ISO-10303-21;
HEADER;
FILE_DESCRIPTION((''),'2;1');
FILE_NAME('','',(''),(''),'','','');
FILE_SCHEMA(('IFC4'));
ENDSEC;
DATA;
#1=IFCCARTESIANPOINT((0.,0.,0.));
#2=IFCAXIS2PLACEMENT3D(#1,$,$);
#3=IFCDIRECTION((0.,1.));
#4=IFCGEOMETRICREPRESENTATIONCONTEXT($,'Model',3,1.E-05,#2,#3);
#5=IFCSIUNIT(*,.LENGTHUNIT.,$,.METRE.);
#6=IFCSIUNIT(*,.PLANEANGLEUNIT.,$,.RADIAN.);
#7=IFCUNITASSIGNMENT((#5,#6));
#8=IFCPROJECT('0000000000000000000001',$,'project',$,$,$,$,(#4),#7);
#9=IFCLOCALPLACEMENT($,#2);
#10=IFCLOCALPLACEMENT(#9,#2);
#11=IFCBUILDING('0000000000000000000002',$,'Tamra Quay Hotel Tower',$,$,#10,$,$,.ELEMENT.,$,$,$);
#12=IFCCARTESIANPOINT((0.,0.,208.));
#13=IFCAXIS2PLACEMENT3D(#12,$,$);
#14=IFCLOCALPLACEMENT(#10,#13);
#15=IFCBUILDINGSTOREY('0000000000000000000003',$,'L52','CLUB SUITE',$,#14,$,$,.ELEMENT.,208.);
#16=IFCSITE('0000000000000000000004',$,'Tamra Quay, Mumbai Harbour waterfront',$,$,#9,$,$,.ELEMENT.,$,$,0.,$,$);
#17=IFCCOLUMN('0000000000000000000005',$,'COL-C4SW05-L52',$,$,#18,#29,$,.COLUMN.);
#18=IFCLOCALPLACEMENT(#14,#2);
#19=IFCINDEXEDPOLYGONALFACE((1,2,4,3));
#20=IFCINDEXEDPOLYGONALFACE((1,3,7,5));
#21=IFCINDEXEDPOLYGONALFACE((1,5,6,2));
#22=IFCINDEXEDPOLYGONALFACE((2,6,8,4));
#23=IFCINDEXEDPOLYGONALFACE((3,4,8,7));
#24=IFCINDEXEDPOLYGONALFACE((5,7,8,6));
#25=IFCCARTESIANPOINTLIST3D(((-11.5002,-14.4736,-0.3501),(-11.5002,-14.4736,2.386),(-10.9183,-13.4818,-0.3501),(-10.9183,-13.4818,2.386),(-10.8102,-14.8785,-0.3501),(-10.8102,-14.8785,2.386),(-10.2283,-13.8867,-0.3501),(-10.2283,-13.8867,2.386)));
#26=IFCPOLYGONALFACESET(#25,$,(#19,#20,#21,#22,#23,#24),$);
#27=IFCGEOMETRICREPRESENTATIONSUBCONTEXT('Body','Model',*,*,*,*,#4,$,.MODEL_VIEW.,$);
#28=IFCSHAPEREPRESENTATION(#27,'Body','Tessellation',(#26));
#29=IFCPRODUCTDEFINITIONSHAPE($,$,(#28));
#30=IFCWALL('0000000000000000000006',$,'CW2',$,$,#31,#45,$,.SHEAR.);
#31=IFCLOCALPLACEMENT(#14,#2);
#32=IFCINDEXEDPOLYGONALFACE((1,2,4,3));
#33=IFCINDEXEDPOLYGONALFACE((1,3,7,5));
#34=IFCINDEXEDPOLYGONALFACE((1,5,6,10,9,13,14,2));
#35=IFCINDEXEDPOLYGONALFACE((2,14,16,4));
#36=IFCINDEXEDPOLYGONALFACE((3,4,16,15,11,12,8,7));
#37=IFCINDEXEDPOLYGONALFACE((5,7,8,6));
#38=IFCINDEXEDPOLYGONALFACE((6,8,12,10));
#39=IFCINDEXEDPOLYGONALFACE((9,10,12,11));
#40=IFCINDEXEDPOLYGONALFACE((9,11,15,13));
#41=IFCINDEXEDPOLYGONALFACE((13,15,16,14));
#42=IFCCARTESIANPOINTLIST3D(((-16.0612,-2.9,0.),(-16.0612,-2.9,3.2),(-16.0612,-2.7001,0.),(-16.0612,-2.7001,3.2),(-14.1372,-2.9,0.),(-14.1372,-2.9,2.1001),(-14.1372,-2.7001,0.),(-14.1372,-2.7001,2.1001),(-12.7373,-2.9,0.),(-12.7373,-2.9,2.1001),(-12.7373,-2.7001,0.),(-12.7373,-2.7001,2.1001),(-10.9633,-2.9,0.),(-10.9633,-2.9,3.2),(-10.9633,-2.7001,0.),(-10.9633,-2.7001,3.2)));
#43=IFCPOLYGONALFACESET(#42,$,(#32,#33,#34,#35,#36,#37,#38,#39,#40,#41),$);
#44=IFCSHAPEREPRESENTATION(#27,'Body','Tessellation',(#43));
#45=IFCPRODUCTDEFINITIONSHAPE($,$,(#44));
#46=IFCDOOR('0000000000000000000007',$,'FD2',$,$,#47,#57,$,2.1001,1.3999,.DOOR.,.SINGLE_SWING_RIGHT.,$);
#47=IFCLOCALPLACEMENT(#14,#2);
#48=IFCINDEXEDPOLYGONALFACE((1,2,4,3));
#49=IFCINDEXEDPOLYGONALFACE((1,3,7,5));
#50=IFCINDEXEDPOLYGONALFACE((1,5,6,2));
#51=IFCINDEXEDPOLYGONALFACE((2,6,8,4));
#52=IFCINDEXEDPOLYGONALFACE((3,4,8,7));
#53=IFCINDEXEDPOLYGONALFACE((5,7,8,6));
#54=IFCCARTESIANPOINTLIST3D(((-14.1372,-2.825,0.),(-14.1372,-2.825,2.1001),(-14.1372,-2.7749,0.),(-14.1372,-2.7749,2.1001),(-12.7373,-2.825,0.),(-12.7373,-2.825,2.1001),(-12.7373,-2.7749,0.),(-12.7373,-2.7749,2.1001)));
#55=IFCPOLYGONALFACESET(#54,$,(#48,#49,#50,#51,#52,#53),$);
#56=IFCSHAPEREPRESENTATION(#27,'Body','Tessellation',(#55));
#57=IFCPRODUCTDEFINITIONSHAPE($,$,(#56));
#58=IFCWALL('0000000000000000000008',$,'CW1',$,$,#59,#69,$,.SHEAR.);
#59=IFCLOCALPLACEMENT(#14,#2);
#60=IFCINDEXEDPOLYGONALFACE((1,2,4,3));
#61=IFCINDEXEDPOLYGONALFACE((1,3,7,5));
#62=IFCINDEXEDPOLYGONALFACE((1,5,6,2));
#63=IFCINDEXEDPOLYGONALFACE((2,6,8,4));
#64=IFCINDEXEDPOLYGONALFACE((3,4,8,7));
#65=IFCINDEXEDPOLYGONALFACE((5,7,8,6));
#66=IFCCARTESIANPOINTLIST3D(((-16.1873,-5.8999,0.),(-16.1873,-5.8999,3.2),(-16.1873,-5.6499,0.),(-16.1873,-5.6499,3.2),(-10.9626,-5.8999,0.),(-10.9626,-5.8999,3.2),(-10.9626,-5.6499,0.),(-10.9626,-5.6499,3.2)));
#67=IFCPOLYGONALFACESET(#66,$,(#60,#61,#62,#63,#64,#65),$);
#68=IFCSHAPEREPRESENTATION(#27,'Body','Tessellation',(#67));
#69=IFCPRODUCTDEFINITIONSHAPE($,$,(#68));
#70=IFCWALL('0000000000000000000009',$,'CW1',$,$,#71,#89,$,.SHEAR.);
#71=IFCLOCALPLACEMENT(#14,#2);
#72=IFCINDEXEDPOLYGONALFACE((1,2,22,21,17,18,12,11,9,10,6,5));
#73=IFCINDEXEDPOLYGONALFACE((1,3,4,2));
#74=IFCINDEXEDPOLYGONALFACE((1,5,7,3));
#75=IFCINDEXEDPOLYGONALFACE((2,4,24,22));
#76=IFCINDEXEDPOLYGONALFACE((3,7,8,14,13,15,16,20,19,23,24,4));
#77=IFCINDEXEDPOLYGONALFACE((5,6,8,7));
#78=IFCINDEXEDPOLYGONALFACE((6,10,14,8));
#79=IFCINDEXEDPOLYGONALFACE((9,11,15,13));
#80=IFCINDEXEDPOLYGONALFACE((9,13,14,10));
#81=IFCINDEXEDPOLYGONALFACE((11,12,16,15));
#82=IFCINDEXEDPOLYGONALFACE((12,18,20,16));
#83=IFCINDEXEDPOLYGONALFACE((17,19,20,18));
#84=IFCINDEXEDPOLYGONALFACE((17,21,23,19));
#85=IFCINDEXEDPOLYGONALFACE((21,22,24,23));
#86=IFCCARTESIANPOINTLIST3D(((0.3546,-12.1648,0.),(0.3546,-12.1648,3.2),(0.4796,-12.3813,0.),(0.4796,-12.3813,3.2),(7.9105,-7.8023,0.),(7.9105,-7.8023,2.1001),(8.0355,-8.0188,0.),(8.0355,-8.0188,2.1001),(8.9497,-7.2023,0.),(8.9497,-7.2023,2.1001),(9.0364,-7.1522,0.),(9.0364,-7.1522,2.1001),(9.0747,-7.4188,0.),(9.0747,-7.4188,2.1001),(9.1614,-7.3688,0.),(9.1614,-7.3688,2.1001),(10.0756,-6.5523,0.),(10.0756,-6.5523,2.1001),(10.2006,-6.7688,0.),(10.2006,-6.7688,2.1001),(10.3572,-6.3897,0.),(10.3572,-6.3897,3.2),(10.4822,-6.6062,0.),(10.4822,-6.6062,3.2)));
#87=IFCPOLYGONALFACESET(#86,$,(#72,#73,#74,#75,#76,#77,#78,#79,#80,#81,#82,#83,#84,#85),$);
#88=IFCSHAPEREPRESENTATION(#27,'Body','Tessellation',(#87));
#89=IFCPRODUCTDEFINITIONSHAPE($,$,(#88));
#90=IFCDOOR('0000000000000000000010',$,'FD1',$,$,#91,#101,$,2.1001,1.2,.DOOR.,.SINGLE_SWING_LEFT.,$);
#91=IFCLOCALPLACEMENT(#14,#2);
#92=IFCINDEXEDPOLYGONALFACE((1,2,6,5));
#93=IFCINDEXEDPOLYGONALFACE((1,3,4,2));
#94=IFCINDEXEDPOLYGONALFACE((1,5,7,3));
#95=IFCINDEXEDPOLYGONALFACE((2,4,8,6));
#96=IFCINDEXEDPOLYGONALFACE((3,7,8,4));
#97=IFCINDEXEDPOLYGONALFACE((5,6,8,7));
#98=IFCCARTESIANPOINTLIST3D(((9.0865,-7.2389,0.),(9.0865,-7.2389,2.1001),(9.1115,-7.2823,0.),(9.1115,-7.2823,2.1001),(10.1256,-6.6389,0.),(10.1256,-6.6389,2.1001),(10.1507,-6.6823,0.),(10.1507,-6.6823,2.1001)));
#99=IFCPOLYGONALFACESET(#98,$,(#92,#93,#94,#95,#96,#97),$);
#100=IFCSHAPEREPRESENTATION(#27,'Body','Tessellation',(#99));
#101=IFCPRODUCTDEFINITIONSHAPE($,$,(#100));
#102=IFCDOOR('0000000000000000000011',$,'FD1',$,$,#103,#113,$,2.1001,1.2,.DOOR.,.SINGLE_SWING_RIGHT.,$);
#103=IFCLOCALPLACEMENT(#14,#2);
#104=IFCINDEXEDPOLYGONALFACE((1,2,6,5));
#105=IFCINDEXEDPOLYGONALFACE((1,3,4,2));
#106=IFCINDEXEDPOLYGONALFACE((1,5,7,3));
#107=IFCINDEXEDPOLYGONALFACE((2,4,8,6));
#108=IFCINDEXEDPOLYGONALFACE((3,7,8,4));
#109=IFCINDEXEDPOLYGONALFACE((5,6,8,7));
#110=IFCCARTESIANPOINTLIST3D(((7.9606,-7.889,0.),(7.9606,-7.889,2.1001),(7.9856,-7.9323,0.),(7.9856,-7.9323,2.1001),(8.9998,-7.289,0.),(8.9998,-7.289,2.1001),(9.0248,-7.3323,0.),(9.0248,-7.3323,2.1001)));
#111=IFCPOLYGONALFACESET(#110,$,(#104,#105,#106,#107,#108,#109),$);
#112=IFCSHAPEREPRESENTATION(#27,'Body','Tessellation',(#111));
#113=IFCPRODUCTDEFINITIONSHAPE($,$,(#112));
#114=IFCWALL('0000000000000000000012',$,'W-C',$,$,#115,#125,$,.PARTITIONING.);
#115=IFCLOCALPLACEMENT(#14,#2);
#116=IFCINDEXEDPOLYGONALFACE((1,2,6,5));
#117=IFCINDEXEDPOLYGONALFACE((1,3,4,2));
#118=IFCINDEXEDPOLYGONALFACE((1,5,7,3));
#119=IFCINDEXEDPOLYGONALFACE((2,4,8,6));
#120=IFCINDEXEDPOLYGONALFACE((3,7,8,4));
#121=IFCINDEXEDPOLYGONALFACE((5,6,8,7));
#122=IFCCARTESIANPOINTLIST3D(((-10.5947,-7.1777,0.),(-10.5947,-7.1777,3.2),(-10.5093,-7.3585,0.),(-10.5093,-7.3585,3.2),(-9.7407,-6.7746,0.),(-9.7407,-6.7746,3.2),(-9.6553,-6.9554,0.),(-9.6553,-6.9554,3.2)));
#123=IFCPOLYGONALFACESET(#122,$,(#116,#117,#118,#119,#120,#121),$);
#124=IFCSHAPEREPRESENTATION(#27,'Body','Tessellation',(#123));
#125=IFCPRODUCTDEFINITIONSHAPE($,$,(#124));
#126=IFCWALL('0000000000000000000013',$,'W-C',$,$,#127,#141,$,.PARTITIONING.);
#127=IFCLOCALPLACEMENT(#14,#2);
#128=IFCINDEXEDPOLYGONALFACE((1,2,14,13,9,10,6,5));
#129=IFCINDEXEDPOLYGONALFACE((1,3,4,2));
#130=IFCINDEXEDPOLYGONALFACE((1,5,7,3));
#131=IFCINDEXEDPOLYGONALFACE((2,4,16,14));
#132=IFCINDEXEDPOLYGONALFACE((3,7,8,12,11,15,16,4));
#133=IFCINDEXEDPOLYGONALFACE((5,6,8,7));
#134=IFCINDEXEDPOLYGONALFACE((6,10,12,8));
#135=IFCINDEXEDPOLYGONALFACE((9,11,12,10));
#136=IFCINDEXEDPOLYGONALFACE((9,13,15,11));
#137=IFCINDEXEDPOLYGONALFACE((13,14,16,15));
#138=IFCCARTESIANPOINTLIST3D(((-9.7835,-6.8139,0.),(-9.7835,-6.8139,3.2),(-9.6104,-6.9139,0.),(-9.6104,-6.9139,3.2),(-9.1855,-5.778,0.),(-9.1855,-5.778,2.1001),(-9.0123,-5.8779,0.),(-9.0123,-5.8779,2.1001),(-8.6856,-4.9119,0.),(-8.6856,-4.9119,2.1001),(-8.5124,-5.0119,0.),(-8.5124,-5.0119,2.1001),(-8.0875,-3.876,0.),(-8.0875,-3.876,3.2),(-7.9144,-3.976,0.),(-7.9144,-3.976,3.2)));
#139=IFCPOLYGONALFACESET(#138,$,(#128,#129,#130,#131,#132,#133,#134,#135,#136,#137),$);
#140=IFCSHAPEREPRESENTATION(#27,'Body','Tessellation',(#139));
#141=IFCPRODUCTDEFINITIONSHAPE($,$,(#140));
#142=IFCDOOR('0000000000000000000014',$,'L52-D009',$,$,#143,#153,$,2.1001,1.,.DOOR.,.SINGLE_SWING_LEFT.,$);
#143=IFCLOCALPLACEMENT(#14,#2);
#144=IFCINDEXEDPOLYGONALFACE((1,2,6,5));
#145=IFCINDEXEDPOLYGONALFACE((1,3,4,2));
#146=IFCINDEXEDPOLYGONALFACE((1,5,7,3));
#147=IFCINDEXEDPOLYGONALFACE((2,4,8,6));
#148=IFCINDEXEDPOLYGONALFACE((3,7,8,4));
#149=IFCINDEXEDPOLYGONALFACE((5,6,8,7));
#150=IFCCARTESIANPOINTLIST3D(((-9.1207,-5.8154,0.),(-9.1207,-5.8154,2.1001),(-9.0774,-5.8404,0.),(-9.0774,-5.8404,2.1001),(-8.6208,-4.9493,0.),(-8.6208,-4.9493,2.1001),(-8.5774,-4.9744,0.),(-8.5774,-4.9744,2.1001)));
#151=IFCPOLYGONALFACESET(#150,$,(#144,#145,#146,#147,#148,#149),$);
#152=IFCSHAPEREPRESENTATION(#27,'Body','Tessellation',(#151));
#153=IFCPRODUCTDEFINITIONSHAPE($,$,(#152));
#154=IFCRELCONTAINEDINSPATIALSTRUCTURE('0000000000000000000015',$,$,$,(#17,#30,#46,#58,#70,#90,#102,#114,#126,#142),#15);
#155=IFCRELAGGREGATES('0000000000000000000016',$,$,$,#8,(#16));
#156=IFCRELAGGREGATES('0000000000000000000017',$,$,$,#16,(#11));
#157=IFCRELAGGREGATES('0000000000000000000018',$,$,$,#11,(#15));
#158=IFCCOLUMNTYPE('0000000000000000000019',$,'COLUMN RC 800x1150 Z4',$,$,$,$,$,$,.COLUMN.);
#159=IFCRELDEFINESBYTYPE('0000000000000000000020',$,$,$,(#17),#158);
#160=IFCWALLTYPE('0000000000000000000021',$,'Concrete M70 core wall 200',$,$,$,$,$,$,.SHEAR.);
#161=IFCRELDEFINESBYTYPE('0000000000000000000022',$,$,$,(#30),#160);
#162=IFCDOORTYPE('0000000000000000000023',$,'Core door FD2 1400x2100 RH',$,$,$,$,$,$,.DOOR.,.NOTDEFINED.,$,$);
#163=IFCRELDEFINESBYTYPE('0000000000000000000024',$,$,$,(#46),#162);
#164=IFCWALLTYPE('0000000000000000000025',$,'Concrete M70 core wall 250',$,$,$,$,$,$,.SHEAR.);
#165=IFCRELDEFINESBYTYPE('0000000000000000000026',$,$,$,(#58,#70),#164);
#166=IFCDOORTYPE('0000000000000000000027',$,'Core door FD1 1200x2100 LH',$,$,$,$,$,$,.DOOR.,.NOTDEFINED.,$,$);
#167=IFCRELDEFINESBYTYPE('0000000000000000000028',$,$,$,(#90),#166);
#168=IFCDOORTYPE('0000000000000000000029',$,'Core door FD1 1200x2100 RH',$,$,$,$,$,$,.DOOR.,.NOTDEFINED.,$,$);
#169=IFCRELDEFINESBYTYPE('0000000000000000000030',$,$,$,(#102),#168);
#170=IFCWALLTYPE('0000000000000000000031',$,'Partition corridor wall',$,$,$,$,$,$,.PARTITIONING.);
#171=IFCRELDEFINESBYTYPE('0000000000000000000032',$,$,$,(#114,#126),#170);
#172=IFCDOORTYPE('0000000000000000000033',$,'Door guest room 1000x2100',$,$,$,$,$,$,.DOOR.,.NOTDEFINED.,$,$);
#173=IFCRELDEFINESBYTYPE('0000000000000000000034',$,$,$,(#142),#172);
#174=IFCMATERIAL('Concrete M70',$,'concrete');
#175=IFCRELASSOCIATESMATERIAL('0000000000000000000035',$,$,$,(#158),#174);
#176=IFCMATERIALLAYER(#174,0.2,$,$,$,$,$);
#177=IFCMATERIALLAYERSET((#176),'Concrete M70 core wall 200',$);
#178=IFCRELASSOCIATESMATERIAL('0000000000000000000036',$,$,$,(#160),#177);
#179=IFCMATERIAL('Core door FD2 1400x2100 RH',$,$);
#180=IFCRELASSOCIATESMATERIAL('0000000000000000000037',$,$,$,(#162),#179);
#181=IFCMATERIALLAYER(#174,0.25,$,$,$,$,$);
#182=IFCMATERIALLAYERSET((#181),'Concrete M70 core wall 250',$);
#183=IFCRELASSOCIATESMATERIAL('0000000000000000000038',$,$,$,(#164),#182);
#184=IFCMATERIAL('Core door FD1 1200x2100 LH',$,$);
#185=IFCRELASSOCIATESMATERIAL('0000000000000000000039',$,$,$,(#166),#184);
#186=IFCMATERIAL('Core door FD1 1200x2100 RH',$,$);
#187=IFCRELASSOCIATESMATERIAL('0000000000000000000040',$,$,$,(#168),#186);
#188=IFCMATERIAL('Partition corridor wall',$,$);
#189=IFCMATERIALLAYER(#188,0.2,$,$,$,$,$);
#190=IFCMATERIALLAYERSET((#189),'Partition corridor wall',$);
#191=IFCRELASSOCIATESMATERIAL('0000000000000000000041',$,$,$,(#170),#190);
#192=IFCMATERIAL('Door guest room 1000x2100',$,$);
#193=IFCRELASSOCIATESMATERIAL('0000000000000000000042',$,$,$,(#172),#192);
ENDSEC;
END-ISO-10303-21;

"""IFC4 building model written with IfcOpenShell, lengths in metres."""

from ifc_helpers import new_model, si_unit, direction, frame, frame_2d, origin, origin_2d, place, context, subcontext, project, spatial, rectangle, extrude, material, layer, layer_set, material_profile, profile_set, type_object, element, fill, save


model = new_model("IFC4")

# Units and contexts
model_context = context("Model", 3, precision=1e-05, world=origin(), true_north=direction((0.0, 1.0)))
body_context = subcontext(model_context, "Body", "Model", "MODEL_VIEW")
ifc_project = project(units=[si_unit("LENGTHUNIT", "METRE"), si_unit("PLANEANGLEUNIT", "RADIAN")], contexts=[model_context])

# Site, building, storey
site_placement = place(None, origin())
site = spatial("IfcSite", under=ifc_project, at=site_placement, Name="Tamra Quay, Mumbai Harbour waterfront", CompositionType="ELEMENT", RefElevation=0.0)
building_placement = place(site_placement, origin())
building = spatial("IfcBuilding", under=site, at=building_placement, Name="Tamra Quay Hotel Tower", CompositionType="ELEMENT")
storey_placement = place(building_placement, frame((0.0, 0.0, 208.0)))
storey = spatial("IfcBuildingStorey", under=building, at=storey_placement, Name="L52", Description="CLUB SUITE", CompositionType="ELEMENT", Elevation=208.0)

# Column
ifc_material_1 = material(Name="Concrete M70", Category="concrete")
ifc_material_profile = material_profile(ifc_material_1, rectangle(XDim=1.1499, YDim=0.8, at=origin_2d()), Name="COLUMN RC 800x1150 Z4")
ifc_profile_set = profile_set([ifc_material_profile], Name="Concrete M70")
column_type = type_object("IfcColumnType", Name="COLUMN RC 800x1150 Z4", PredefinedType="COLUMN", material=ifc_profile_set)
column_placement = place(storey_placement, frame((-10.8643, -14.1802, -0.3501), z_axis=(0.0, 0.0, 1.0), x_axis=(0.506085, 0.862484, 0.0)))
element("IfcColumn", 1, at=column_placement, inside=storey, type_object=column_type, Name="COL-C4SW05-L52", PredefinedType="COLUMN", context=body_context, shape_type="SweptSolid", body=[
    extrude(rectangle(XDim=1.1499, YDim=0.8, at=origin_2d()), origin(), (0.0, 0.0, 1.0), 2.7361),
])

# Wall, opening, door
ifc_layer_1 = layer(ifc_material_1, 0.2)
ifc_layer_set_1 = layer_set([ifc_layer_1], Name="Concrete M70 core wall 200")
wall_type_1 = type_object("IfcWallType", Name="Concrete M70 core wall 200", PredefinedType="SHEAR", material=ifc_layer_set_1)
wall_1_placement = place(storey_placement, frame((-10.9634, -2.8, 0.0), z_axis=(0.0, 0.0, 1.0), x_axis=(-1.0, 0.0, 0.0)))
wall_1 = element("IfcWall", 2, at=wall_1_placement, inside=storey, type_object=wall_type_1, Name="CW2", PredefinedType="SHEAR", context=body_context, shape_type="SweptSolid", body=[
    extrude(rectangle(XDim=5.0979, YDim=0.2, at=frame_2d((2.5488, 0.0))), origin(), (0.0, 0.0, 1.0), 3.2),
])
opening_1_placement = place(wall_1_placement, frame((1.7739, 0.0, 0.0)))
opening_1 = element("IfcOpeningElement", 3, at=opening_1_placement, cuts=wall_1, PredefinedType="OPENING", context=body_context, shape_type="SweptSolid", body=[
    extrude(rectangle(XDim=1.3999, YDim=2.1001, at=frame_2d((0.7, 1.05))), frame((0.0, 0.1099, 0.0), z_axis=(0.0, -1.0, 0.0), x_axis=(1.0, 0.0, 0.0)), (0.0, 0.0, 1.0), 0.22),
])
ifc_material_2 = material(Name="Core door FD2 1400x2100 RH")
door_type_1 = type_object("IfcDoorType", Name="Core door FD2 1400x2100 RH", OperationType="NOTDEFINED", PredefinedType="DOOR", material=ifc_material_2)
door_1_placement = place(opening_1_placement, origin())
door_1 = element("IfcDoor", 4, at=door_1_placement, inside=storey, type_object=door_type_1, Name="FD2", OperationType="SINGLE_SWING_RIGHT", OverallHeight=2.1001, OverallWidth=1.3999, PredefinedType="DOOR", context=body_context, shape_type="SweptSolid", body=[
    extrude(rectangle(XDim=1.3999, YDim=2.1001, at=frame_2d((0.7, 1.05))), frame((0.0, 0.0249, 0.0), z_axis=(0.0, -1.0, 0.0), x_axis=(1.0, 0.0, 0.0)), (0.0, 0.0, 1.0), 0.05),
])
fill(opening_1, door_1)

# Wall
ifc_layer_2 = layer(ifc_material_1, 0.25)
ifc_layer_set_2 = layer_set([ifc_layer_2], Name="Concrete M70 core wall 250")
wall_type_2 = type_object("IfcWallType", Name="Concrete M70 core wall 250", PredefinedType="SHEAR", material=ifc_layer_set_2)
wall_2_placement = place(storey_placement, frame((-10.9626, -5.7749, 0.0), z_axis=(0.0, 0.0, 1.0), x_axis=(-1.0, 0.0, 0.0)))
element("IfcWall", 5, at=wall_2_placement, inside=storey, type_object=wall_type_2, Name="CW1", PredefinedType="SHEAR", context=body_context, shape_type="SweptSolid", body=[
    extrude(rectangle(XDim=5.2246, YDim=0.25, at=frame_2d((2.6123, 0.0))), origin(), (0.0, 0.0, 1.0), 3.2),
])

# Wall, openings, doors
wall_3_placement = place(storey_placement, frame((0.4172, -12.2729, 0.0), z_axis=(0.0, 0.0, 1.0), x_axis=(0.866022, 0.500006, 0.0)))
wall_3 = element("IfcWall", 6, at=wall_3_placement, inside=storey, type_object=wall_type_2, Name="CW1", PredefinedType="SHEAR", context=body_context, shape_type="SweptSolid", body=[
    extrude(rectangle(XDim=11.55, YDim=0.25, at=frame_2d((5.7749, 0.0))), origin(), (0.0, 0.0, 1.0), 3.2),
])
opening_2_placement = place(wall_3_placement, frame((10.0247, 0.0, 0.0)))
opening_2 = element("IfcOpeningElement", 7, at=opening_2_placement, cuts=wall_3, PredefinedType="OPENING", context=body_context, shape_type="SweptSolid", body=[
    extrude(rectangle(XDim=1.2, YDim=2.1001, at=frame_2d((0.6001, 1.05))), frame((0.0, 0.135, 0.0), z_axis=(0.0, -1.0, 0.0), x_axis=(1.0, 0.0, 0.0)), (0.0, 0.0, 1.0), 0.27),
])
opening_3_placement = place(wall_3_placement, frame((8.7246, 0.0, 0.0)))
opening_3 = element("IfcOpeningElement", 8, at=opening_3_placement, cuts=wall_3, PredefinedType="OPENING", context=body_context, shape_type="SweptSolid", body=[
    extrude(rectangle(XDim=1.2, YDim=2.1001, at=frame_2d((0.6001, 1.05))), frame((0.0, 0.135, 0.0), z_axis=(0.0, -1.0, 0.0), x_axis=(1.0, 0.0, 0.0)), (0.0, 0.0, 1.0), 0.27),
])
ifc_material_3 = material(Name="Core door FD1 1200x2100 LH")
door_type_2 = type_object("IfcDoorType", Name="Core door FD1 1200x2100 LH", OperationType="NOTDEFINED", PredefinedType="DOOR", material=ifc_material_3)
door_2_placement = place(opening_2_placement, origin())
door_2 = element("IfcDoor", 9, at=door_2_placement, inside=storey, type_object=door_type_2, Name="FD1", OperationType="SINGLE_SWING_LEFT", OverallHeight=2.1001, OverallWidth=1.2, PredefinedType="DOOR", context=body_context, shape_type="SweptSolid", body=[
    extrude(rectangle(XDim=1.2, YDim=2.1001, at=frame_2d((0.6001, 1.05))), frame((0.0, 0.0249, 0.0), z_axis=(0.0, -1.0, 0.0), x_axis=(1.0, 0.0, 0.0)), (0.0, 0.0, 1.0), 0.05),
])
fill(opening_2, door_2)
ifc_material_4 = material(Name="Core door FD1 1200x2100 RH")
door_type_3 = type_object("IfcDoorType", Name="Core door FD1 1200x2100 RH", OperationType="NOTDEFINED", PredefinedType="DOOR", material=ifc_material_4)
door_3_placement = place(opening_3_placement, origin())
door_3 = element("IfcDoor", 10, at=door_3_placement, inside=storey, type_object=door_type_3, Name="FD1", OperationType="SINGLE_SWING_RIGHT", OverallHeight=2.1001, OverallWidth=1.2, PredefinedType="DOOR", context=body_context, shape_type="SweptSolid", body=[
    extrude(rectangle(XDim=1.2, YDim=2.1001, at=frame_2d((0.6001, 1.05))), frame((0.0, 0.0249, 0.0), z_axis=(0.0, -1.0, 0.0), x_axis=(1.0, 0.0, 0.0)), (0.0, 0.0, 1.0), 0.05),
])
fill(opening_3, door_3)

# Wall
ifc_material_5 = material(Name="Partition corridor wall")
ifc_layer_3 = layer(ifc_material_5, 0.2)
ifc_layer_set_3 = layer_set([ifc_layer_3], Name="Partition corridor wall")
wall_type_3 = type_object("IfcWallType", Name="Partition corridor wall", PredefinedType="PARTITIONING", material=ifc_layer_set_3)
wall_4_placement = place(storey_placement, frame((-10.552, -7.2681, 0.0), z_axis=(0.0, 0.0, 1.0), x_axis=(0.904332, 0.42683, 0.0)))
element("IfcWall", 11, at=wall_4_placement, inside=storey, type_object=wall_type_3, Name="W-C", PredefinedType="PARTITIONING", context=body_context, shape_type="SweptSolid", body=[
    extrude(rectangle(XDim=0.9443, YDim=0.2, at=frame_2d((0.4722, 0.0))), origin(), (0.0, 0.0, 1.0), 3.2),
])

# Wall, opening, door
wall_5_placement = place(storey_placement, frame((-9.697, -6.864, 0.0), z_axis=(0.0, 0.0, 1.0), x_axis=(0.499955, 0.866051, 0.0)))
wall_5 = element("IfcWall", 12, at=wall_5_placement, inside=storey, type_object=wall_type_3, Name="W-C", PredefinedType="PARTITIONING", context=body_context, shape_type="SweptSolid", body=[
    extrude(rectangle(XDim=3.3923, YDim=0.2, at=frame_2d((1.6963, 0.0))), origin(), (0.0, 0.0, 1.0), 3.2),
])
opening_4_placement = place(wall_5_placement, frame((1.1963, 0.0, 0.0)))
opening_4 = element("IfcOpeningElement", 13, at=opening_4_placement, cuts=wall_5, PredefinedType="OPENING", context=body_context, shape_type="SweptSolid", body=[
    extrude(rectangle(XDim=1.0, YDim=2.1001, at=frame_2d((0.5, 1.05))), frame((0.0, 0.1099, 0.0), z_axis=(0.0, -1.0, 0.0), x_axis=(1.0, 0.0, 0.0)), (0.0, 0.0, 1.0), 0.22),
])
ifc_material_6 = material(Name="Door guest room 1000x2100")
door_type_4 = type_object("IfcDoorType", Name="Door guest room 1000x2100", OperationType="NOTDEFINED", PredefinedType="DOOR", material=ifc_material_6)
door_4_placement = place(opening_4_placement, frame((1.0, 0.0, 0.0), z_axis=(0.0, 0.0, 1.0), x_axis=(-1.0, 0.0, 0.0)))
door_4 = element("IfcDoor", 14, at=door_4_placement, inside=storey, type_object=door_type_4, Name="L52-D009", OperationType="SINGLE_SWING_LEFT", OverallHeight=2.1001, OverallWidth=1.0, PredefinedType="DOOR", context=body_context, shape_type="SweptSolid", body=[
    extrude(rectangle(XDim=1.0, YDim=2.1001, at=frame_2d((0.5, 1.05))), frame((0.0, 0.0249, 0.0), z_axis=(0.0, -1.0, 0.0), x_axis=(1.0, 0.0, 0.0)), (0.0, 0.0, 1.0), 0.05),
])
fill(opening_4, door_4)

save(model, "model.ifc")
